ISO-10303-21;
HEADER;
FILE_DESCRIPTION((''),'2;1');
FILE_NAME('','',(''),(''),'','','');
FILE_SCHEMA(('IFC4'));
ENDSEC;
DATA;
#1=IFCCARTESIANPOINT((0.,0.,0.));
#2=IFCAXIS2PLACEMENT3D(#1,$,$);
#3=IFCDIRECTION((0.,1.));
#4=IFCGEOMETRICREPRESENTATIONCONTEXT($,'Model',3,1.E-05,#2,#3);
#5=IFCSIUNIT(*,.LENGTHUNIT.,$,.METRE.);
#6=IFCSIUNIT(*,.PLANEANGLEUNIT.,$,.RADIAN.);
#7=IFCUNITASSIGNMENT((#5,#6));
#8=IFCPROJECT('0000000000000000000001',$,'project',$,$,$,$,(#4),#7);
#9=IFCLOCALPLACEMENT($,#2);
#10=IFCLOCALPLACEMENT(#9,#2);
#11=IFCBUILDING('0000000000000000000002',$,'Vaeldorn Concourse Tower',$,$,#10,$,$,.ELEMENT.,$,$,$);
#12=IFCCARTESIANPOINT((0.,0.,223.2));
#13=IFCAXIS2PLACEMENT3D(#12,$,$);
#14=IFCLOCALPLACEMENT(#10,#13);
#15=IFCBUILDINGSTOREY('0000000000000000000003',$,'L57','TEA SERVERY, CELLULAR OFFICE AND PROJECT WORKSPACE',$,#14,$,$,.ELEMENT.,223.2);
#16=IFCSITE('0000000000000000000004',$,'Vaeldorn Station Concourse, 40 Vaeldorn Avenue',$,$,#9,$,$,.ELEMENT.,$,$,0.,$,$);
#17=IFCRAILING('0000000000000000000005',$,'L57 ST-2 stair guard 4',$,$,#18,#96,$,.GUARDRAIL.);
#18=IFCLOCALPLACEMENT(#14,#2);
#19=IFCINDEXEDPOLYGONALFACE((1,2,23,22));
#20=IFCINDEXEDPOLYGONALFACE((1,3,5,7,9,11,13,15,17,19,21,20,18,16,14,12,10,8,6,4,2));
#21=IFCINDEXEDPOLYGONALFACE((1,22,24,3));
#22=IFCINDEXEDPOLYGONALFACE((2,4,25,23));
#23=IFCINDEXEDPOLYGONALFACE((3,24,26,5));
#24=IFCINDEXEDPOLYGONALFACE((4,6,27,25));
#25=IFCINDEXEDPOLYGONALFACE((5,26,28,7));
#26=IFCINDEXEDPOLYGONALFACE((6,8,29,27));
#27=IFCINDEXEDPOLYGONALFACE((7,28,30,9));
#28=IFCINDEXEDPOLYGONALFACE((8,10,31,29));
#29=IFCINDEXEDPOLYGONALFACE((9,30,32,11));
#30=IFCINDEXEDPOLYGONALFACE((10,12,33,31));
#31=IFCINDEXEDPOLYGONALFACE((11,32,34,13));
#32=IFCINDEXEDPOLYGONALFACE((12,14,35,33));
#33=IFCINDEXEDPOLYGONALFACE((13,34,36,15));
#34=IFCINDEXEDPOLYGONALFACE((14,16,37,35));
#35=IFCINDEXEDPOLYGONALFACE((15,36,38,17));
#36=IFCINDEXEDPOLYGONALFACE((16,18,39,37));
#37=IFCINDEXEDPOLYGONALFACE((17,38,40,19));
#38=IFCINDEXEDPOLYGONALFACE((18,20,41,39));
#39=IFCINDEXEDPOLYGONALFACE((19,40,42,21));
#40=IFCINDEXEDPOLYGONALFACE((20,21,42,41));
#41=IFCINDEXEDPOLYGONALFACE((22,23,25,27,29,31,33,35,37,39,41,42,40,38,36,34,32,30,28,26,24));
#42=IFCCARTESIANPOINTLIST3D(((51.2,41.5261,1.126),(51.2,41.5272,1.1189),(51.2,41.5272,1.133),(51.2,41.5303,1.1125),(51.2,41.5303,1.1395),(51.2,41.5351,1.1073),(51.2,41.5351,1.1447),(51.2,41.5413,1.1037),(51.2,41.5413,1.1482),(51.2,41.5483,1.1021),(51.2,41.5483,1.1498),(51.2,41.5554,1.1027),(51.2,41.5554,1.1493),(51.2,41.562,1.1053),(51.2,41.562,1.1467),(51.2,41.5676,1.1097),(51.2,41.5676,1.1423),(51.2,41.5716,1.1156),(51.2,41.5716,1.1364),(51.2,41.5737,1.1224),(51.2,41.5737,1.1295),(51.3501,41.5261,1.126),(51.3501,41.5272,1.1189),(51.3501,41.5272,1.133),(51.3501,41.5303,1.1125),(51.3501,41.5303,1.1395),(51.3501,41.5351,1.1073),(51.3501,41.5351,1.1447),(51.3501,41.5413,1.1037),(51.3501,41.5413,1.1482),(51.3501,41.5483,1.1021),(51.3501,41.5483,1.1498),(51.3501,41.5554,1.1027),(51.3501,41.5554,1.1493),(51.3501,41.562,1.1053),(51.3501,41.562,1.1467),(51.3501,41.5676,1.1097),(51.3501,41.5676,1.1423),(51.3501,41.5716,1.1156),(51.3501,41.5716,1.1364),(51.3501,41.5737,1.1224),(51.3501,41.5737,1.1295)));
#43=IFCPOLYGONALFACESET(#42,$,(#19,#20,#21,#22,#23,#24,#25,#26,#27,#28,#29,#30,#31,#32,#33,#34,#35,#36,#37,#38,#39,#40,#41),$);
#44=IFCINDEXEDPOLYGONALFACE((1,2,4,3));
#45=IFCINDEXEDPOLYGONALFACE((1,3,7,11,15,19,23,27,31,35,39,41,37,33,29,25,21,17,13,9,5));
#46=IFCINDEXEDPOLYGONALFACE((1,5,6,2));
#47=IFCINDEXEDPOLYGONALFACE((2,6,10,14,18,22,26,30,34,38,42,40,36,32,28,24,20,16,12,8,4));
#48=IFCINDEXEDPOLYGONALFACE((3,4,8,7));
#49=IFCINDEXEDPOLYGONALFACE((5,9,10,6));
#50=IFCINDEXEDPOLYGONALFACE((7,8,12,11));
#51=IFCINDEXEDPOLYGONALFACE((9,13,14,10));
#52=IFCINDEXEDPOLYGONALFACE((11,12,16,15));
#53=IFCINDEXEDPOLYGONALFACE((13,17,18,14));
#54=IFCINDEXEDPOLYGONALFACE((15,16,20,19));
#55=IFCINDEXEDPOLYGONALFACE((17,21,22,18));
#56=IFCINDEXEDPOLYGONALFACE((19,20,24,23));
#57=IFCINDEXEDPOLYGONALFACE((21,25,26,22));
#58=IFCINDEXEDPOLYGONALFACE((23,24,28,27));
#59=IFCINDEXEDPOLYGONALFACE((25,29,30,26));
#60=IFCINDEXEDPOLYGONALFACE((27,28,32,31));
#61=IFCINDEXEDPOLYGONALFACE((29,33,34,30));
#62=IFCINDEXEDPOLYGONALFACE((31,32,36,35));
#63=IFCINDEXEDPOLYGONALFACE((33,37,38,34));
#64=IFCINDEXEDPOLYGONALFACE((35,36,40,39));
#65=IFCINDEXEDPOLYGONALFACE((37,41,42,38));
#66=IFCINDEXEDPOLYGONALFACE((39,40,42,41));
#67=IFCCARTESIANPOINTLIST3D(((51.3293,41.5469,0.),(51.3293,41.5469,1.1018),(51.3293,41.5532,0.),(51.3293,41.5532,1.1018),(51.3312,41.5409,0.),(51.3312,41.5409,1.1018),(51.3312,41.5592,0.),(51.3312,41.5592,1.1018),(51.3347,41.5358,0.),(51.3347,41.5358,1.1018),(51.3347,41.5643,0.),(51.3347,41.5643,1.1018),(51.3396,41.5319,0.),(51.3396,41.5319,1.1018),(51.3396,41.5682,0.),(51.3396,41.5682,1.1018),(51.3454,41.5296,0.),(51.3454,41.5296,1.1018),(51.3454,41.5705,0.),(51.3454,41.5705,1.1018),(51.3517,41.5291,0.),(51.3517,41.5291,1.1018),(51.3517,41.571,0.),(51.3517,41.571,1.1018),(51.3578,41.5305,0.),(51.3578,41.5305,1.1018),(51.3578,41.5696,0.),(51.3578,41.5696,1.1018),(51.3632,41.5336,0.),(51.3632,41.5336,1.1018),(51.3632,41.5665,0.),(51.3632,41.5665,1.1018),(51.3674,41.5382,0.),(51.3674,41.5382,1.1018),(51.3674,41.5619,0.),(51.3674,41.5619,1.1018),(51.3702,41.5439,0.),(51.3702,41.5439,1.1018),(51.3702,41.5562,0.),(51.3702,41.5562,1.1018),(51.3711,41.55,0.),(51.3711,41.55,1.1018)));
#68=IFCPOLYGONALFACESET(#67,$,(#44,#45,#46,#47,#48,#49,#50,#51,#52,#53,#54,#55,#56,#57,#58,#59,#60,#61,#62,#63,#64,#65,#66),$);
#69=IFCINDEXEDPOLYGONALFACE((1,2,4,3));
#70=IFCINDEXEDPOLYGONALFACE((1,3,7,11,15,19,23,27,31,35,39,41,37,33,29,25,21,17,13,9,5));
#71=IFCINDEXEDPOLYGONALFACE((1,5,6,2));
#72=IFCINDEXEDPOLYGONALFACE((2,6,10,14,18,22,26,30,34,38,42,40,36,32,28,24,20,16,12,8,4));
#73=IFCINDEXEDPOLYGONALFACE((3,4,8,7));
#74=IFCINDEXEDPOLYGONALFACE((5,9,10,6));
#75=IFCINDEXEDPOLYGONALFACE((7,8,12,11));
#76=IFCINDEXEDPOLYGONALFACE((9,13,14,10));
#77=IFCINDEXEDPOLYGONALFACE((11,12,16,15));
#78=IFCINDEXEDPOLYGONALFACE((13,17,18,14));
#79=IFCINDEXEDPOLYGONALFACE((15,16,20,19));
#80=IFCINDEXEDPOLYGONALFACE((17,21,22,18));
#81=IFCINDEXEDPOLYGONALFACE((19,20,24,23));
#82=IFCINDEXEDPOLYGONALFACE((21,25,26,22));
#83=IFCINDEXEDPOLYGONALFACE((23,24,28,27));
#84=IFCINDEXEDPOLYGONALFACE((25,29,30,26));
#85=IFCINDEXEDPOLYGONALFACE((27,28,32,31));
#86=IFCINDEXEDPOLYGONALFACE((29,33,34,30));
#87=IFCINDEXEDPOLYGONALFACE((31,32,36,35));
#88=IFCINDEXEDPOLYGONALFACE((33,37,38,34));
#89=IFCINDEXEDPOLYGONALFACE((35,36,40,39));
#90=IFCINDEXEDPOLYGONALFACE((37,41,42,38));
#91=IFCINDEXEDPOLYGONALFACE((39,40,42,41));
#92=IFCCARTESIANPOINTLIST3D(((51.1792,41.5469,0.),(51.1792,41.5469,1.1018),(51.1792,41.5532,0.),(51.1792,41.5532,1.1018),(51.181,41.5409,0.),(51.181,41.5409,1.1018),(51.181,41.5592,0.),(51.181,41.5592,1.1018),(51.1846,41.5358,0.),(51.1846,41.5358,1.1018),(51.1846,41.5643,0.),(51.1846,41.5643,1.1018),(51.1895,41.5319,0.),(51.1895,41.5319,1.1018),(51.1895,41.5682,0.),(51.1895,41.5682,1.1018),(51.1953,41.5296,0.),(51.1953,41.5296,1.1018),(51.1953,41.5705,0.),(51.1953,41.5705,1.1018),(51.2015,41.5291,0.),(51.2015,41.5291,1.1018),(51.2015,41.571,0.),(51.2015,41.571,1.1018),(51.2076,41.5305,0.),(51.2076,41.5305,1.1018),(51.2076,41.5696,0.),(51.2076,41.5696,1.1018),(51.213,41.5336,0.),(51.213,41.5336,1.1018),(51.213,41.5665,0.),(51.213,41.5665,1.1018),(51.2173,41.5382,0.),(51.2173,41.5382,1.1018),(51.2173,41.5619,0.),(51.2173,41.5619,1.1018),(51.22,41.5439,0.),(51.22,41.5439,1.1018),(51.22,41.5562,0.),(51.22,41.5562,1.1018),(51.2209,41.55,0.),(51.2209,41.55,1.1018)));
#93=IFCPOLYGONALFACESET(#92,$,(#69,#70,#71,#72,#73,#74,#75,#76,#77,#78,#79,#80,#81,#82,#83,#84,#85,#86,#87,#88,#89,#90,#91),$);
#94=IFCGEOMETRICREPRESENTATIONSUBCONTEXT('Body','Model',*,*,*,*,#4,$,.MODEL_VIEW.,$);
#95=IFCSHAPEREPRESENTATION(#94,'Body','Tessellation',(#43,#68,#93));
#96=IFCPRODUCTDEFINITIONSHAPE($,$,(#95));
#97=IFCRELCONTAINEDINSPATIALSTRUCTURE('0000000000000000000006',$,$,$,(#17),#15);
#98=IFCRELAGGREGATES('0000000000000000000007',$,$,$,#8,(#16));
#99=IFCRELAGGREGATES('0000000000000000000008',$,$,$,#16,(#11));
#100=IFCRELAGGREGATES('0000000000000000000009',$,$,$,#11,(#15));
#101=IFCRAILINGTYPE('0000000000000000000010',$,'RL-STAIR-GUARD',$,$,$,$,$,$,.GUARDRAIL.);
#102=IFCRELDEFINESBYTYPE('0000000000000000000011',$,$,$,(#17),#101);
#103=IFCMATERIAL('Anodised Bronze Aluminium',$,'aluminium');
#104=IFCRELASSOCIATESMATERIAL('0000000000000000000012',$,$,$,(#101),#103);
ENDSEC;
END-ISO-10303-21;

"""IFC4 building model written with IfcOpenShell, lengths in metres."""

from ifc_helpers import new_model, si_unit, direction, frame, origin, origin_2d, place, context, subcontext, project, spatial, circle, extrude, material, type_object, element, save


model = new_model("IFC4")

# Units and contexts
model_context = context("Model", 3, precision=1e-05, world=origin(), true_north=direction((0.0, 1.0)))
body_context = subcontext(model_context, "Body", "Model", "MODEL_VIEW")
ifc_project = project(units=[si_unit("LENGTHUNIT", "METRE"), si_unit("PLANEANGLEUNIT", "RADIAN")], contexts=[model_context])

# Site, building, storey
site_placement = place(None, origin())
site = spatial("IfcSite", under=ifc_project, at=site_placement, Name="Vaeldorn Station Concourse, 40 Vaeldorn Avenue", CompositionType="ELEMENT", RefElevation=0.0)
building_placement = place(site_placement, origin())
building = spatial("IfcBuilding", under=site, at=building_placement, Name="Vaeldorn Concourse Tower", CompositionType="ELEMENT")
storey_placement = place(building_placement, frame((0.0, 0.0, 223.2)))
storey = spatial("IfcBuildingStorey", under=building, at=storey_placement, Name="L57", Description="TEA SERVERY, CELLULAR OFFICE AND PROJECT WORKSPACE", CompositionType="ELEMENT", Elevation=223.2)

# Shared definitions
ifc_material_1 = material(Name="Anodised Bronze Aluminium", Category="aluminium")

# Railing
railing_type_1 = type_object("IfcRailingType", Name="RL-STAIR-GUARD", PredefinedType="GUARDRAIL", material=ifc_material_1)
railing_1_placement = place(storey_placement, frame((51.3501, 41.55, 0.0)))
element("IfcRailing", 1, at=railing_1_placement, inside=storey, type_object=railing_type_1, Name="L57 ST-2 stair guard 4", PredefinedType="GUARDRAIL", context=body_context, shape_type="SweptSolid", body=[
    extrude(circle(Radius=0.0239, at=origin_2d()), frame((0.0, 0.0, 1.126), z_axis=(-1.0, 0.0, 0.0), x_axis=(0.0, -1.0, 0.0)), (0.0, 0.0, 1.0), 0.1501),
    extrude(circle(Radius=0.021, at=origin_2d()), origin(), (0.0, 0.0, 1.0), 1.1018),
    extrude(circle(Radius=0.021, at=origin_2d()), frame((-0.1501, 0.0, 0.0)), (0.0, 0.0, 1.0), 1.1018),
])

save(model, "model.ifc")
